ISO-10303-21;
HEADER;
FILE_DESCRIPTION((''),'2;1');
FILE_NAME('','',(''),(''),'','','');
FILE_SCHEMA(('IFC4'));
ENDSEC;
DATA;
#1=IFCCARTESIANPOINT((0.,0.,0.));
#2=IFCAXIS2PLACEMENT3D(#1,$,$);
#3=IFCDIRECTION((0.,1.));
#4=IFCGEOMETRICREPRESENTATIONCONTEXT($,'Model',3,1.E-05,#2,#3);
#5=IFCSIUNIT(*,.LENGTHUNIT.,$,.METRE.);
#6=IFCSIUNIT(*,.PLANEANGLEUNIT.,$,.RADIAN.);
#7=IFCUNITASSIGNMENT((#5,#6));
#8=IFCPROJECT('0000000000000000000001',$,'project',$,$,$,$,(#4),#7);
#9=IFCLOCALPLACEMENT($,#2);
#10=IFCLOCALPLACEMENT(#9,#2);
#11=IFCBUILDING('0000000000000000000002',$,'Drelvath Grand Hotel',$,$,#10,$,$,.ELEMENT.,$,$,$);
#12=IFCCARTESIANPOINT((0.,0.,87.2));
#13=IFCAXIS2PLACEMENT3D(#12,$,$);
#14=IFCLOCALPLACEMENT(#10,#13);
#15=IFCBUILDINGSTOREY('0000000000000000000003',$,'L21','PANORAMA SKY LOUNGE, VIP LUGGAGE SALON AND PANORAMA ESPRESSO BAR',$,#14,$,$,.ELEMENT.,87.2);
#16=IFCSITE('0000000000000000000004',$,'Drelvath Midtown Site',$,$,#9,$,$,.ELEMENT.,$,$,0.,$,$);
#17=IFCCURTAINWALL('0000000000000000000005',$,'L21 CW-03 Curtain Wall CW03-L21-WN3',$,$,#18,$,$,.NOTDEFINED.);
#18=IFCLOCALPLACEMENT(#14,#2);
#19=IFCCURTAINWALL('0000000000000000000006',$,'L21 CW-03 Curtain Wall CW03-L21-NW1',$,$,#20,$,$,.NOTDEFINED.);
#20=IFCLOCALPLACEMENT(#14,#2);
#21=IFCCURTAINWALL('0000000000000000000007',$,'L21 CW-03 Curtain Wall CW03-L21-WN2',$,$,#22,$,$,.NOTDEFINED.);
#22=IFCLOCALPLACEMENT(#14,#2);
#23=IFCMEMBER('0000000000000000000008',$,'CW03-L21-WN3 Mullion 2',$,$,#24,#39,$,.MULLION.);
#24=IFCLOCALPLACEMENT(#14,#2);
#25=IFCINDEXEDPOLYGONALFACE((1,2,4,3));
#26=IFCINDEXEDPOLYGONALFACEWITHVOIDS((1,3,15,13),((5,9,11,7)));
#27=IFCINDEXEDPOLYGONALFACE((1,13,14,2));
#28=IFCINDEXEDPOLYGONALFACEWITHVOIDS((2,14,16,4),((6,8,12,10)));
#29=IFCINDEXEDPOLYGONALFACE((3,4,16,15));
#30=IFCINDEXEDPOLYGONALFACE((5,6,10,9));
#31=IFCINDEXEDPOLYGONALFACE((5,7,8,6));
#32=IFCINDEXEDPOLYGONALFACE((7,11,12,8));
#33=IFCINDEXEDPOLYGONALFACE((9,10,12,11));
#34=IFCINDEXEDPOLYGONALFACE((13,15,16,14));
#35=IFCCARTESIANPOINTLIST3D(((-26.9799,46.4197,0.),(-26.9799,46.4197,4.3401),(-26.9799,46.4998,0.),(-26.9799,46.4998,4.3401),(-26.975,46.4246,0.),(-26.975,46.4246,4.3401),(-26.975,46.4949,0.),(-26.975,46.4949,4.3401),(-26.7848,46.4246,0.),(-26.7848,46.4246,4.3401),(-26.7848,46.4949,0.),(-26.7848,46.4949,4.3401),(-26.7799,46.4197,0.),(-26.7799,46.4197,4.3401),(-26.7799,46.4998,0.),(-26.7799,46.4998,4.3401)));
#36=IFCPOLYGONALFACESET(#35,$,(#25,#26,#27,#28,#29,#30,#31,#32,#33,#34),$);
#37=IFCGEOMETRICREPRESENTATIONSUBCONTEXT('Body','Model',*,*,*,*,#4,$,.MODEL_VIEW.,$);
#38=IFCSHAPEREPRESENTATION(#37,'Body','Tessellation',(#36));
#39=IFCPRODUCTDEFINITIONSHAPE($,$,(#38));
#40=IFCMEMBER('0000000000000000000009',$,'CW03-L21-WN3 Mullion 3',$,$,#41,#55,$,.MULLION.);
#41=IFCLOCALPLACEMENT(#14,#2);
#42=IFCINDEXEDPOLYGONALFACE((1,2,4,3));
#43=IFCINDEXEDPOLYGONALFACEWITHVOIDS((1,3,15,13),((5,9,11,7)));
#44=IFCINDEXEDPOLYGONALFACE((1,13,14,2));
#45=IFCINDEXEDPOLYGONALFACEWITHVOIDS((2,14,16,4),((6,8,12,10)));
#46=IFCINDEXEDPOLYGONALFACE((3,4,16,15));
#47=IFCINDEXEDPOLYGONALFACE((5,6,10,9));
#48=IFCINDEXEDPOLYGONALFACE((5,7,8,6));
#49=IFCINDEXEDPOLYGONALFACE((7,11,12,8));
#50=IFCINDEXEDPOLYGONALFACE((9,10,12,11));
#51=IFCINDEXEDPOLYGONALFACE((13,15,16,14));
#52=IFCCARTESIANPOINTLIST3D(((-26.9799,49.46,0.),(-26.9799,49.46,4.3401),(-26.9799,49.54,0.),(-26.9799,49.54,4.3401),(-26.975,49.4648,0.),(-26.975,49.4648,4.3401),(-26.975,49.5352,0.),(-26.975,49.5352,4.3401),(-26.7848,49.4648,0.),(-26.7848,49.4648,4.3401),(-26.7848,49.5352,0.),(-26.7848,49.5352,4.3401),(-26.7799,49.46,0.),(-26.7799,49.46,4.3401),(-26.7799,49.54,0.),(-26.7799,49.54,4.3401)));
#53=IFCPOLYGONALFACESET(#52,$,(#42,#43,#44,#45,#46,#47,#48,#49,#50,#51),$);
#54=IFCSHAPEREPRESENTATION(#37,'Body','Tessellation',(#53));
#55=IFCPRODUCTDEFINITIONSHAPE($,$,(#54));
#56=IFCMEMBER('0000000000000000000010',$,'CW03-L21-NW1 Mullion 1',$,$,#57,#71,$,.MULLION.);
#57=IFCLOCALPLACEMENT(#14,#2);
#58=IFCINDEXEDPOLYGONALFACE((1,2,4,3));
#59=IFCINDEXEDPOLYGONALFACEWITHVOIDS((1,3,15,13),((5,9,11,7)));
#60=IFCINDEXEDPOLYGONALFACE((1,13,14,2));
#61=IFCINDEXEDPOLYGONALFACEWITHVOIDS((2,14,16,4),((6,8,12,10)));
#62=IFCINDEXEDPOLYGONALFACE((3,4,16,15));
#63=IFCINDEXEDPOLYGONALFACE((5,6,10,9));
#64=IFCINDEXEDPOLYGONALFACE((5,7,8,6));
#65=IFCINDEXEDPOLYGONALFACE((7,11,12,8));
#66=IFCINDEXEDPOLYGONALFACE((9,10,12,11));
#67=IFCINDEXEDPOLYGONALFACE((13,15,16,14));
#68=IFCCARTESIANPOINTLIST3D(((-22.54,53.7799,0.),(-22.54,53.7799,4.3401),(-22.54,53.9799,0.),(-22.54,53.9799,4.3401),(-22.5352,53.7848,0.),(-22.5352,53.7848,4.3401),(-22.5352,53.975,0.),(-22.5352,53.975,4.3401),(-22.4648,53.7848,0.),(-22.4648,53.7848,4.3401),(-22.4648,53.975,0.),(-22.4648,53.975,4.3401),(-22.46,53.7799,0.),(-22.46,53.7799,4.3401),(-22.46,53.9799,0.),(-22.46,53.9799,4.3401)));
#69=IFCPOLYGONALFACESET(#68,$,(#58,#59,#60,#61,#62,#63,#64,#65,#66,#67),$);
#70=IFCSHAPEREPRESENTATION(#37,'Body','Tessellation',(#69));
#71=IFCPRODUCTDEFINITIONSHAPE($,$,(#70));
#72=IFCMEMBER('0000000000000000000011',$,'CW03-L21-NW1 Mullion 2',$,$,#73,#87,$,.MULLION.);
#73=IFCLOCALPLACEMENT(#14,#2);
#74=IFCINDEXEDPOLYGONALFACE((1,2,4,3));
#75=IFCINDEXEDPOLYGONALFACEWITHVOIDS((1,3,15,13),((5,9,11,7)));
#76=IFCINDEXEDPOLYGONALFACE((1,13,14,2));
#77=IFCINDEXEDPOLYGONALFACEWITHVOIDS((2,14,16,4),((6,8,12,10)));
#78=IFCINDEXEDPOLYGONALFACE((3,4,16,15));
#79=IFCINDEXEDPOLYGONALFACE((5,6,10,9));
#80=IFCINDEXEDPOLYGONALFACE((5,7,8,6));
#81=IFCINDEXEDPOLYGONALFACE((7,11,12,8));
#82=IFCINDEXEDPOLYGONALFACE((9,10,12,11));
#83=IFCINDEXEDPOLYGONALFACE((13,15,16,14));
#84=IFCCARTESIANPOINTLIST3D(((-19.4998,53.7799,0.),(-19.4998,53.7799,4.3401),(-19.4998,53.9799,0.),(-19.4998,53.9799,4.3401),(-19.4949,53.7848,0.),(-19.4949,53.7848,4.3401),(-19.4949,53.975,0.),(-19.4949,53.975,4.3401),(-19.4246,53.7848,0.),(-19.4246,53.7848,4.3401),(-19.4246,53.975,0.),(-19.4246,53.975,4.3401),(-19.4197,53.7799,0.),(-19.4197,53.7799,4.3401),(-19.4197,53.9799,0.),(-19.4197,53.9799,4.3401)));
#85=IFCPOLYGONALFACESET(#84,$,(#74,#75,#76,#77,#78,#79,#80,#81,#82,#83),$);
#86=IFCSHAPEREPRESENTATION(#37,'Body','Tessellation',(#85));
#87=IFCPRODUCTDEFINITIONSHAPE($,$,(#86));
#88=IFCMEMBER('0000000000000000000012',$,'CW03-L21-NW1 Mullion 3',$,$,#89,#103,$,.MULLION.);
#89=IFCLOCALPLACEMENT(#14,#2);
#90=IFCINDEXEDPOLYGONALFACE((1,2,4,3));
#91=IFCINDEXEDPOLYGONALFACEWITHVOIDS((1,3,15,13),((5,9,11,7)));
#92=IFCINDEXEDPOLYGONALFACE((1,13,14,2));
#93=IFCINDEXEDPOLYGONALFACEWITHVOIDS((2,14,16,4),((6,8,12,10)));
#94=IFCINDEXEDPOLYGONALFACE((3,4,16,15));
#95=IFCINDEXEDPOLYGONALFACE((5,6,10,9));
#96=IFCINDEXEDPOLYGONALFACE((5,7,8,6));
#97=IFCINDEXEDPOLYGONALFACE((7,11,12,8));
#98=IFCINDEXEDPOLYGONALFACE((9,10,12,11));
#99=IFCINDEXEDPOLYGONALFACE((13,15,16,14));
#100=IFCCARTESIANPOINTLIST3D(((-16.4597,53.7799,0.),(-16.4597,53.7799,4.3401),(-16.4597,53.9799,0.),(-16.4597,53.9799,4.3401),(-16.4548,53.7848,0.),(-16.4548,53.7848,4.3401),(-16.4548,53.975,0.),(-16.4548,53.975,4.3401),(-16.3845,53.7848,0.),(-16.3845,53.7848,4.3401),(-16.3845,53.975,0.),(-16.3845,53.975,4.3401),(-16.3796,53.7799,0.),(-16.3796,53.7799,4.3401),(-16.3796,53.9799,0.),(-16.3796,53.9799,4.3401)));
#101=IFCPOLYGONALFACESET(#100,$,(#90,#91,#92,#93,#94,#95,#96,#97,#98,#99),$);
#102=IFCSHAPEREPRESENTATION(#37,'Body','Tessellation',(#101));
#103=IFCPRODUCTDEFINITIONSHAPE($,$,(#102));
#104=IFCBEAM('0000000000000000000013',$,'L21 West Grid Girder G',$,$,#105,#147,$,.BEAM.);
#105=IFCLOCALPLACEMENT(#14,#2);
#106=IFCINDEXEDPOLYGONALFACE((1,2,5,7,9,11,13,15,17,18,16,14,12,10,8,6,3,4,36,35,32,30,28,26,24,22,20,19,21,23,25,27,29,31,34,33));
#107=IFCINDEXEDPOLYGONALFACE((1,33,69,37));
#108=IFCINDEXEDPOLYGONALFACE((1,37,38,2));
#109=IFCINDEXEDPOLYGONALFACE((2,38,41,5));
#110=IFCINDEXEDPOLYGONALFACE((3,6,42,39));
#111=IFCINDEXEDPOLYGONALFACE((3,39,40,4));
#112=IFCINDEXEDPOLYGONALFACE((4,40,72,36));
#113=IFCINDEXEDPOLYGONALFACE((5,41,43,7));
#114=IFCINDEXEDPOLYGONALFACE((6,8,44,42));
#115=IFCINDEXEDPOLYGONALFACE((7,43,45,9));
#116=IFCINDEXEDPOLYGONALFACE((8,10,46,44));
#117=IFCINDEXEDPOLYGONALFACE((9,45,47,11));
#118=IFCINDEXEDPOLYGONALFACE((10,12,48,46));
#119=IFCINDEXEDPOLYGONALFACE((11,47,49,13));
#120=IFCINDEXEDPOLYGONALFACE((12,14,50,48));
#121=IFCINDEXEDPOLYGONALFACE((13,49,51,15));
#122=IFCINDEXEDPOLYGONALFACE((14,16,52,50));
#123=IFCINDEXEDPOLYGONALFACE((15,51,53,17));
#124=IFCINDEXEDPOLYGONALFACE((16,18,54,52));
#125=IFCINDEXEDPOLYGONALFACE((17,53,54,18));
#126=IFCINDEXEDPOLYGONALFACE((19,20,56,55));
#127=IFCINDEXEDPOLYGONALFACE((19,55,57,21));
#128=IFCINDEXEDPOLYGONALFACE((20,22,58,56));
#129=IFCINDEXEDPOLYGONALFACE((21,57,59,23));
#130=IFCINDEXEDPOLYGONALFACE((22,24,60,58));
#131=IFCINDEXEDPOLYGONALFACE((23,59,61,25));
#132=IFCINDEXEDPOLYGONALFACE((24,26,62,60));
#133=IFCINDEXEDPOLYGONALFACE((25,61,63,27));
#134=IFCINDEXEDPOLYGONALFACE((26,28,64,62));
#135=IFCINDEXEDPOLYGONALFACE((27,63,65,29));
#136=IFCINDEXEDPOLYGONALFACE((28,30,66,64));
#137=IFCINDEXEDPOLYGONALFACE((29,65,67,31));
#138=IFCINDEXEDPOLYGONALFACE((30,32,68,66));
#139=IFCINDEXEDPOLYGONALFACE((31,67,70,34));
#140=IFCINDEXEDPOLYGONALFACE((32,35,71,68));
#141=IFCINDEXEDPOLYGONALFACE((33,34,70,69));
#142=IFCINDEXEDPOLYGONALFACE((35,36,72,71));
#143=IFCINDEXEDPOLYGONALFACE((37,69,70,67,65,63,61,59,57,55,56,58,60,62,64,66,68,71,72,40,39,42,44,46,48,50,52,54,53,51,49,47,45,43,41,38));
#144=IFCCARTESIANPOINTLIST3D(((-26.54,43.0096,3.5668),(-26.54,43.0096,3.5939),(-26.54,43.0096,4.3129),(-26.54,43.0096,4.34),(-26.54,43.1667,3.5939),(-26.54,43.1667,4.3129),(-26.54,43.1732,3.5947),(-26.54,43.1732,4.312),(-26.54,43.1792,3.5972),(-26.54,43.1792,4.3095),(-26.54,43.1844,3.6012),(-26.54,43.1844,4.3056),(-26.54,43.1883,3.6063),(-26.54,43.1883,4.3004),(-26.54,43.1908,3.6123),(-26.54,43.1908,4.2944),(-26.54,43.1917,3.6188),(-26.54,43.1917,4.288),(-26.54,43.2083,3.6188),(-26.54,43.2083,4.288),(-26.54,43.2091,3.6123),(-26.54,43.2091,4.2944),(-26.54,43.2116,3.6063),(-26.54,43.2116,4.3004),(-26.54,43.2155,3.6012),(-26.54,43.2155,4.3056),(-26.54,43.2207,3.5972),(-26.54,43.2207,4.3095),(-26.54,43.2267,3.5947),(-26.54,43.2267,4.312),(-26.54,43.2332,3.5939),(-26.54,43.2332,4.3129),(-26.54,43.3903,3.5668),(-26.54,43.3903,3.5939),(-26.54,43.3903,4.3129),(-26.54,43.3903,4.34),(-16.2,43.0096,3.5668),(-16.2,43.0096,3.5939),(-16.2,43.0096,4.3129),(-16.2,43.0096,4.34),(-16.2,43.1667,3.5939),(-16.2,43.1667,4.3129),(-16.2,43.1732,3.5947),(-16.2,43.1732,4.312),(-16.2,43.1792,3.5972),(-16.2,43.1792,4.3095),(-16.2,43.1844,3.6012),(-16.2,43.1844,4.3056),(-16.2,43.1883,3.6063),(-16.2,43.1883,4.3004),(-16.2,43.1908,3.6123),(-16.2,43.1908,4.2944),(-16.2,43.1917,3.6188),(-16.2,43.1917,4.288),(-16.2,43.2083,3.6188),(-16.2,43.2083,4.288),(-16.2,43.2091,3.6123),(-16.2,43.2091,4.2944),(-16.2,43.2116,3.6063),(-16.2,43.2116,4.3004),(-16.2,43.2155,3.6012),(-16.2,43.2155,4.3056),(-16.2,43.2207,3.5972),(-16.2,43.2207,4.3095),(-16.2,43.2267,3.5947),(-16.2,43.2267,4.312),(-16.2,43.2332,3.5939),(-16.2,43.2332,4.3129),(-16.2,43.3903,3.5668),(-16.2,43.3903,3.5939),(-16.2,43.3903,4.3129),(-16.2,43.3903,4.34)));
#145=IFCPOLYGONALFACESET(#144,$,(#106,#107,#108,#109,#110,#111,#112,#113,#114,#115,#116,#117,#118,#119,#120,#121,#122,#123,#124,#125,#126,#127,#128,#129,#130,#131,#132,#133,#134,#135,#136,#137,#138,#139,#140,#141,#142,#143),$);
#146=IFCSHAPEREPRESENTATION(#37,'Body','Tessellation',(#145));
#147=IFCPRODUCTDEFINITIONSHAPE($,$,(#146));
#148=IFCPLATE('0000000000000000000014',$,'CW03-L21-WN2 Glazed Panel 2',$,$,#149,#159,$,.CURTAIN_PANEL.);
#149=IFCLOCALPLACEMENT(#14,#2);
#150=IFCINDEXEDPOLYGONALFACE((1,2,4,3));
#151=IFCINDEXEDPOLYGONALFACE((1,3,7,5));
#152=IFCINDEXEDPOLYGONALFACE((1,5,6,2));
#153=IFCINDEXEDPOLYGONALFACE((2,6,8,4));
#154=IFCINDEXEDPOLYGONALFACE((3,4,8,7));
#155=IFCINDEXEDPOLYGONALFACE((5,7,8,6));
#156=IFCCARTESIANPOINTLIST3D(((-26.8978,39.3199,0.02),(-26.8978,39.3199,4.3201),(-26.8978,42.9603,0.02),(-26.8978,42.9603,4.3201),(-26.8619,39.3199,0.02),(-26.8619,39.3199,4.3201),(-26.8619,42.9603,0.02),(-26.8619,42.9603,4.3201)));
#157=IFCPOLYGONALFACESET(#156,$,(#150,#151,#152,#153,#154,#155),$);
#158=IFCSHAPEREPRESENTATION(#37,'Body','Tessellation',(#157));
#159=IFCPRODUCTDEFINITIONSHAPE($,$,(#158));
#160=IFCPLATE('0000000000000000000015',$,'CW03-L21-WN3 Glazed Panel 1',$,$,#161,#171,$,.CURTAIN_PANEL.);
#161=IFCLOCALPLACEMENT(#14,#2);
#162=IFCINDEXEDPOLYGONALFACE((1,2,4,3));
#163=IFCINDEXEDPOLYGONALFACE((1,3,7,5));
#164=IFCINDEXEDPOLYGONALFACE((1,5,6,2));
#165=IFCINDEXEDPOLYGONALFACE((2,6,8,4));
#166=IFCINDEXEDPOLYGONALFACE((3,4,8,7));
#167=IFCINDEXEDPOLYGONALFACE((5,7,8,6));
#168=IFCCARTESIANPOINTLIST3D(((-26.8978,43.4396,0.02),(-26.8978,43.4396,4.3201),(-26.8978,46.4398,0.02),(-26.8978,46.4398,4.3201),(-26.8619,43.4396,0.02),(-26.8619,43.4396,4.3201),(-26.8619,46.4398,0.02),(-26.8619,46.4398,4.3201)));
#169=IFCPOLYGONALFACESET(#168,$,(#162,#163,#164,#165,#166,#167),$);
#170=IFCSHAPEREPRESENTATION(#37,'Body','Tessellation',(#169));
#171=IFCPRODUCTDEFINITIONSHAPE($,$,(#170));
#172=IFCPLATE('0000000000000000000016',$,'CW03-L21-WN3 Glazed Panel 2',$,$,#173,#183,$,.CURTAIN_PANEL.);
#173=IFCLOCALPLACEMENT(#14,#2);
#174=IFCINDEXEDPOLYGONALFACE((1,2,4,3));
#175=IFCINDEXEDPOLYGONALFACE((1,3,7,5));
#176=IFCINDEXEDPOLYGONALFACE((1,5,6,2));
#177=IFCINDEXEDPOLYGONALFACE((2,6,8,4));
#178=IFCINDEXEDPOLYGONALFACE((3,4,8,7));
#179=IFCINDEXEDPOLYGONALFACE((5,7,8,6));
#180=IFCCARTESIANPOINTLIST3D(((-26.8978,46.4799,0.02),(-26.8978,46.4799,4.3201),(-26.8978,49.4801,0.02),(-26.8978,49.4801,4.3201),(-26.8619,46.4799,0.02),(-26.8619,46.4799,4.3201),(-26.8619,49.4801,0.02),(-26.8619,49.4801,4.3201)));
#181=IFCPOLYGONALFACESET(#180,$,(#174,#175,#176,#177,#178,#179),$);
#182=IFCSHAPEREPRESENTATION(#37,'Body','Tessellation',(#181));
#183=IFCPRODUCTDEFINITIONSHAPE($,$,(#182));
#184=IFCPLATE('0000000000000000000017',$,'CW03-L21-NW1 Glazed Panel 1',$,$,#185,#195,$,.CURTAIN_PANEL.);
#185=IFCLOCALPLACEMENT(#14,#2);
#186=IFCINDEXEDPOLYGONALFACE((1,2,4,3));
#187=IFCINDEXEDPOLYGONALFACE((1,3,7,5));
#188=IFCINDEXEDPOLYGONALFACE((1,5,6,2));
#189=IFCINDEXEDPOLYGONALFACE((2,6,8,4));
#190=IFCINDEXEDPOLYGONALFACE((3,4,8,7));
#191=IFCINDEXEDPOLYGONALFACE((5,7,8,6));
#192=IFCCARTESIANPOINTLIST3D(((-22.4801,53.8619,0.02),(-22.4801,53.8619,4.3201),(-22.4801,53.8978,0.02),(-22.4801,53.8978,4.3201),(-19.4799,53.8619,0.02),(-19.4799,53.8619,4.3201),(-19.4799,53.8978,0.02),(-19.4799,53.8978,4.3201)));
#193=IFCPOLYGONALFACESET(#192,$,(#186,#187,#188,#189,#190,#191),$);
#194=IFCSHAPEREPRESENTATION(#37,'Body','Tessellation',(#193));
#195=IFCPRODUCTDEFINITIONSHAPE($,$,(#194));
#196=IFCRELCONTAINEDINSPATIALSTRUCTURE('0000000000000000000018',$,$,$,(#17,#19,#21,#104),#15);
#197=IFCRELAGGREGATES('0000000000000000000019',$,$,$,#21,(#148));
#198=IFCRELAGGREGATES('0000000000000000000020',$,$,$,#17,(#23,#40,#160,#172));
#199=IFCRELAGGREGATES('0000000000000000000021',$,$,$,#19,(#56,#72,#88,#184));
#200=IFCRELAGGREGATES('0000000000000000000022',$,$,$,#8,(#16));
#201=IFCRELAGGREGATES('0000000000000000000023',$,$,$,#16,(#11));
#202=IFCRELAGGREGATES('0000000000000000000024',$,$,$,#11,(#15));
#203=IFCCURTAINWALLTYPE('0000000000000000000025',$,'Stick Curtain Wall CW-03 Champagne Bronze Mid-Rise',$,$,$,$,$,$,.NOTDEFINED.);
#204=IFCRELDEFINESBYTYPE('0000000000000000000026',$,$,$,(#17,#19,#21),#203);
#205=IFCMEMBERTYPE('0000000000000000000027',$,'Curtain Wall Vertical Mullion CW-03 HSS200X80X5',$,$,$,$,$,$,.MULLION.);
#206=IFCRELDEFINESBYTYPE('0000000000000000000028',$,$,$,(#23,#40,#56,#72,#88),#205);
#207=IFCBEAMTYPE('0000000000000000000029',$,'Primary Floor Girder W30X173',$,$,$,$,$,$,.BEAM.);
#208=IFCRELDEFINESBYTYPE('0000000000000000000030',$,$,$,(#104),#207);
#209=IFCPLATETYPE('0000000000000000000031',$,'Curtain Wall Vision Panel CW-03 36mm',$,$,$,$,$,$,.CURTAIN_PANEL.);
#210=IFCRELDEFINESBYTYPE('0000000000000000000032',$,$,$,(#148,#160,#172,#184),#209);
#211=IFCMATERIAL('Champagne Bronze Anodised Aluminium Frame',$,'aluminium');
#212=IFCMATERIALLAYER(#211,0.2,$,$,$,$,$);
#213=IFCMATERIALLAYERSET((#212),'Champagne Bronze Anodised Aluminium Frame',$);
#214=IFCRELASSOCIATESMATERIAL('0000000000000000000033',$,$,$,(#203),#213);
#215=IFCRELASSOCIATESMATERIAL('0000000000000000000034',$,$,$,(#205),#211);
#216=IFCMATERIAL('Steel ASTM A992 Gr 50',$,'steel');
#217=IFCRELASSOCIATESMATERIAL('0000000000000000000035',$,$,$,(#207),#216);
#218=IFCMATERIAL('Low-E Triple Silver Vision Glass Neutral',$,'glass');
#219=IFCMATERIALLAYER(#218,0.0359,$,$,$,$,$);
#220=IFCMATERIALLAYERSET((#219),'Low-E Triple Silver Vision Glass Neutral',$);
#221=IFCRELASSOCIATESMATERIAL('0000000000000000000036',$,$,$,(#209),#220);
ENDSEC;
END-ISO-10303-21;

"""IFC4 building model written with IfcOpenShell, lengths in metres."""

from ifc_helpers import new_model, si_unit, direction, frame, origin, origin_2d, place, context, subcontext, project, spatial, rectangle, hollow_rectangle, i_section, extrude, material, layer, layer_set, material_profile, profile_set, type_object, element, aggregate, save


model = new_model("IFC4")

# Units and contexts
model_context = context("Model", 3, precision=1e-05, world=origin(), true_north=direction((0.0, 1.0)))
body_context = subcontext(model_context, "Body", "Model", "MODEL_VIEW")
ifc_project = project(units=[si_unit("LENGTHUNIT", "METRE"), si_unit("PLANEANGLEUNIT", "RADIAN")], contexts=[model_context])

# Site, building, storey
site_placement = place(None, origin())
site = spatial("IfcSite", under=ifc_project, at=site_placement, Name="Drelvath Midtown Site", CompositionType="ELEMENT", RefElevation=0.0)
building_placement = place(site_placement, origin())
building = spatial("IfcBuilding", under=site, at=building_placement, Name="Drelvath Grand Hotel", CompositionType="ELEMENT")
storey_placement = place(building_placement, frame((0.0, 0.0, 87.2)))
storey = spatial("IfcBuildingStorey", under=building, at=storey_placement, Name="L21", Description="PANORAMA SKY LOUNGE, VIP LUGGAGE SALON AND PANORAMA ESPRESSO BAR", CompositionType="ELEMENT", Elevation=87.2)

# Shared definitions
ifc_material_1 = material(Name="Steel ASTM A992 Gr 50", Category="steel")

# Curtain walls
ifc_material_2 = material(Name="Champagne Bronze Anodised Aluminium Frame", Category="aluminium")
ifc_layer_1 = layer(ifc_material_2, 0.2)
ifc_layer_set_1 = layer_set([ifc_layer_1], Name="Champagne Bronze Anodised Aluminium Frame")
curtain_wall_type = type_object("IfcCurtainWallType", Name="Stick Curtain Wall CW-03 Champagne Bronze Mid-Rise", PredefinedType="NOTDEFINED", material=ifc_layer_set_1)
curtain_wall_1_placement = place(storey_placement, origin())
curtain_wall_1 = element("IfcCurtainWall", 1, at=curtain_wall_1_placement, inside=storey, type_object=curtain_wall_type, Name="L21 CW-03 Curtain Wall CW03-L21-WN3", PredefinedType="NOTDEFINED")
curtain_wall_2_placement = place(storey_placement, origin())
curtain_wall_2 = element("IfcCurtainWall", 2, at=curtain_wall_2_placement, inside=storey, type_object=curtain_wall_type, Name="L21 CW-03 Curtain Wall CW03-L21-NW1", PredefinedType="NOTDEFINED")

# Curtain wall
curtain_wall_3_placement = place(storey_placement, origin())
curtain_wall_3 = element("IfcCurtainWall", 3, at=curtain_wall_3_placement, inside=storey, type_object=curtain_wall_type, Name="L21 CW-03 Curtain Wall CW03-L21-WN2", PredefinedType="NOTDEFINED")
ifc_material_profile_1 = material_profile(ifc_material_2, hollow_rectangle(XDim=0.0801, YDim=0.2, WallThickness=0.0049, at=origin_2d()), Name="HSS200X80X5")
ifc_profile_set_1 = profile_set([ifc_material_profile_1], Name="Champagne Bronze Anodised Aluminium Frame")
member_type_1 = type_object("IfcMemberType", Name="Curtain Wall Vertical Mullion CW-03 HSS200X80X5", PredefinedType="MULLION", material=ifc_profile_set_1)

# Members
member_1_placement = place(storey_placement, frame((-26.8799, 46.4597, 0.0), z_axis=(0.0, 0.0, 1.0), x_axis=(0.0, 1.0, 0.0)))
member_1 = element("IfcMember", 4, at=member_1_placement, type_object=member_type_1, Name="CW03-L21-WN3 Mullion 2", PredefinedType="MULLION", context=body_context, shape_type="SweptSolid", body=[
    extrude(hollow_rectangle(XDim=0.0801, YDim=0.2, WallThickness=0.0049, at=origin_2d()), origin(), (0.0, 0.0, 1.0), 4.3401),
])
member_2_placement = place(storey_placement, frame((-26.8799, 49.5, 0.0), z_axis=(0.0, 0.0, 1.0), x_axis=(0.0, 1.0, 0.0)))
member_2 = element("IfcMember", 5, at=member_2_placement, type_object=member_type_1, Name="CW03-L21-WN3 Mullion 3", PredefinedType="MULLION", context=body_context, shape_type="SweptSolid", body=[
    extrude(hollow_rectangle(XDim=0.0801, YDim=0.2, WallThickness=0.0049, at=origin_2d()), origin(), (0.0, 0.0, 1.0), 4.3401),
])
member_3_placement = place(storey_placement, frame((-22.5, 53.8799, 0.0), z_axis=(0.0, 0.0, 1.0), x_axis=(1.0, 0.0, 0.0)))
member_3 = element("IfcMember", 6, at=member_3_placement, type_object=member_type_1, Name="CW03-L21-NW1 Mullion 1", PredefinedType="MULLION", context=body_context, shape_type="SweptSolid", body=[
    extrude(hollow_rectangle(XDim=0.0801, YDim=0.2, WallThickness=0.0049, at=origin_2d()), origin(), (0.0, 0.0, 1.0), 4.3401),
])
member_4_placement = place(storey_placement, frame((-19.4597, 53.8799, 0.0), z_axis=(0.0, 0.0, 1.0), x_axis=(1.0, 0.0, 0.0)))
member_4 = element("IfcMember", 7, at=member_4_placement, type_object=member_type_1, Name="CW03-L21-NW1 Mullion 2", PredefinedType="MULLION", context=body_context, shape_type="SweptSolid", body=[
    extrude(hollow_rectangle(XDim=0.0801, YDim=0.2, WallThickness=0.0049, at=origin_2d()), origin(), (0.0, 0.0, 1.0), 4.3401),
])
member_5_placement = place(storey_placement, frame((-16.4197, 53.8799, 0.0), z_axis=(0.0, 0.0, 1.0), x_axis=(1.0, 0.0, 0.0)))
member_5 = element("IfcMember", 8, at=member_5_placement, type_object=member_type_1, Name="CW03-L21-NW1 Mullion 3", PredefinedType="MULLION", context=body_context, shape_type="SweptSolid", body=[
    extrude(hollow_rectangle(XDim=0.0801, YDim=0.2, WallThickness=0.0049, at=origin_2d()), origin(), (0.0, 0.0, 1.0), 4.3401),
])

# Beam
ifc_material_profile_2 = material_profile(ifc_material_1, i_section(OverallWidth=0.3806, OverallDepth=0.7732, WebThickness=0.0166, FlangeThickness=0.0271, FilletRadius=0.0249, at=origin_2d()), Name="W30X173")
ifc_profile_set_2 = profile_set([ifc_material_profile_2], Name="Steel ASTM A992 Gr 50")
beam_type_1 = type_object("IfcBeamType", Name="Primary Floor Girder W30X173", PredefinedType="BEAM", material=ifc_profile_set_2)
beam_1_placement = place(storey_placement, frame((-26.54, 43.2, 3.9534), z_axis=(1.0, 0.0, 0.0), x_axis=(0.0, 1.0, 0.0)))
element("IfcBeam", 9, at=beam_1_placement, inside=storey, type_object=beam_type_1, Name="L21 West Grid Girder G", PredefinedType="BEAM", context=body_context, shape_type="SweptSolid", body=[
    extrude(i_section(OverallWidth=0.3806, OverallDepth=0.7732, WebThickness=0.0166, FlangeThickness=0.0271, FilletRadius=0.0249, at=origin_2d()), origin(), (0.0, 0.0, 1.0), 10.3401),
])

# Plates
ifc_material_3 = material(Name="Low-E Triple Silver Vision Glass Neutral", Category="glass")
ifc_layer_2 = layer(ifc_material_3, 0.0359)
ifc_layer_set_2 = layer_set([ifc_layer_2], Name="Low-E Triple Silver Vision Glass Neutral")
plate_type = type_object("IfcPlateType", Name="Curtain Wall Vision Panel CW-03 36mm", PredefinedType="CURTAIN_PANEL", material=ifc_layer_set_2)
plate_1_placement = place(storey_placement, frame((-26.8799, 41.1401, 0.02), z_axis=(0.0, 0.0, 1.0), x_axis=(0.0, 1.0, 0.0)))
plate_1 = element("IfcPlate", 10, at=plate_1_placement, type_object=plate_type, Name="CW03-L21-WN2 Glazed Panel 2", PredefinedType="CURTAIN_PANEL", context=body_context, shape_type="SweptSolid", body=[
    extrude(rectangle(XDim=3.6404, YDim=0.0359, at=origin_2d()), origin(), (0.0, 0.0, 1.0), 4.3),
])
aggregate(curtain_wall_3, [plate_1])
plate_2_placement = place(storey_placement, frame((-26.8799, 44.9397, 0.02), z_axis=(0.0, 0.0, 1.0), x_axis=(0.0, 1.0, 0.0)))
plate_2 = element("IfcPlate", 11, at=plate_2_placement, type_object=plate_type, Name="CW03-L21-WN3 Glazed Panel 1", PredefinedType="CURTAIN_PANEL", context=body_context, shape_type="SweptSolid", body=[
    extrude(rectangle(XDim=3.0002, YDim=0.0359, at=origin_2d()), origin(), (0.0, 0.0, 1.0), 4.3),
])
plate_3_placement = place(storey_placement, frame((-26.8799, 47.98, 0.02), z_axis=(0.0, 0.0, 1.0), x_axis=(0.0, 1.0, 0.0)))
plate_3 = element("IfcPlate", 12, at=plate_3_placement, type_object=plate_type, Name="CW03-L21-WN3 Glazed Panel 2", PredefinedType="CURTAIN_PANEL", context=body_context, shape_type="SweptSolid", body=[
    extrude(rectangle(XDim=3.0002, YDim=0.0359, at=origin_2d()), origin(), (0.0, 0.0, 1.0), 4.3),
])
aggregate(curtain_wall_1, [member_1, member_2, plate_2, plate_3])
plate_4_placement = place(storey_placement, frame((-20.98, 53.8799, 0.02), z_axis=(0.0, 0.0, 1.0), x_axis=(1.0, 0.0, 0.0)))
plate_4 = element("IfcPlate", 13, at=plate_4_placement, type_object=plate_type, Name="CW03-L21-NW1 Glazed Panel 1", PredefinedType="CURTAIN_PANEL", context=body_context, shape_type="SweptSolid", body=[
    extrude(rectangle(XDim=3.0002, YDim=0.0359, at=origin_2d()), origin(), (0.0, 0.0, 1.0), 4.3),
])
aggregate(curtain_wall_2, [member_3, member_4, member_5, plate_4])

save(model, "model.ifc")
